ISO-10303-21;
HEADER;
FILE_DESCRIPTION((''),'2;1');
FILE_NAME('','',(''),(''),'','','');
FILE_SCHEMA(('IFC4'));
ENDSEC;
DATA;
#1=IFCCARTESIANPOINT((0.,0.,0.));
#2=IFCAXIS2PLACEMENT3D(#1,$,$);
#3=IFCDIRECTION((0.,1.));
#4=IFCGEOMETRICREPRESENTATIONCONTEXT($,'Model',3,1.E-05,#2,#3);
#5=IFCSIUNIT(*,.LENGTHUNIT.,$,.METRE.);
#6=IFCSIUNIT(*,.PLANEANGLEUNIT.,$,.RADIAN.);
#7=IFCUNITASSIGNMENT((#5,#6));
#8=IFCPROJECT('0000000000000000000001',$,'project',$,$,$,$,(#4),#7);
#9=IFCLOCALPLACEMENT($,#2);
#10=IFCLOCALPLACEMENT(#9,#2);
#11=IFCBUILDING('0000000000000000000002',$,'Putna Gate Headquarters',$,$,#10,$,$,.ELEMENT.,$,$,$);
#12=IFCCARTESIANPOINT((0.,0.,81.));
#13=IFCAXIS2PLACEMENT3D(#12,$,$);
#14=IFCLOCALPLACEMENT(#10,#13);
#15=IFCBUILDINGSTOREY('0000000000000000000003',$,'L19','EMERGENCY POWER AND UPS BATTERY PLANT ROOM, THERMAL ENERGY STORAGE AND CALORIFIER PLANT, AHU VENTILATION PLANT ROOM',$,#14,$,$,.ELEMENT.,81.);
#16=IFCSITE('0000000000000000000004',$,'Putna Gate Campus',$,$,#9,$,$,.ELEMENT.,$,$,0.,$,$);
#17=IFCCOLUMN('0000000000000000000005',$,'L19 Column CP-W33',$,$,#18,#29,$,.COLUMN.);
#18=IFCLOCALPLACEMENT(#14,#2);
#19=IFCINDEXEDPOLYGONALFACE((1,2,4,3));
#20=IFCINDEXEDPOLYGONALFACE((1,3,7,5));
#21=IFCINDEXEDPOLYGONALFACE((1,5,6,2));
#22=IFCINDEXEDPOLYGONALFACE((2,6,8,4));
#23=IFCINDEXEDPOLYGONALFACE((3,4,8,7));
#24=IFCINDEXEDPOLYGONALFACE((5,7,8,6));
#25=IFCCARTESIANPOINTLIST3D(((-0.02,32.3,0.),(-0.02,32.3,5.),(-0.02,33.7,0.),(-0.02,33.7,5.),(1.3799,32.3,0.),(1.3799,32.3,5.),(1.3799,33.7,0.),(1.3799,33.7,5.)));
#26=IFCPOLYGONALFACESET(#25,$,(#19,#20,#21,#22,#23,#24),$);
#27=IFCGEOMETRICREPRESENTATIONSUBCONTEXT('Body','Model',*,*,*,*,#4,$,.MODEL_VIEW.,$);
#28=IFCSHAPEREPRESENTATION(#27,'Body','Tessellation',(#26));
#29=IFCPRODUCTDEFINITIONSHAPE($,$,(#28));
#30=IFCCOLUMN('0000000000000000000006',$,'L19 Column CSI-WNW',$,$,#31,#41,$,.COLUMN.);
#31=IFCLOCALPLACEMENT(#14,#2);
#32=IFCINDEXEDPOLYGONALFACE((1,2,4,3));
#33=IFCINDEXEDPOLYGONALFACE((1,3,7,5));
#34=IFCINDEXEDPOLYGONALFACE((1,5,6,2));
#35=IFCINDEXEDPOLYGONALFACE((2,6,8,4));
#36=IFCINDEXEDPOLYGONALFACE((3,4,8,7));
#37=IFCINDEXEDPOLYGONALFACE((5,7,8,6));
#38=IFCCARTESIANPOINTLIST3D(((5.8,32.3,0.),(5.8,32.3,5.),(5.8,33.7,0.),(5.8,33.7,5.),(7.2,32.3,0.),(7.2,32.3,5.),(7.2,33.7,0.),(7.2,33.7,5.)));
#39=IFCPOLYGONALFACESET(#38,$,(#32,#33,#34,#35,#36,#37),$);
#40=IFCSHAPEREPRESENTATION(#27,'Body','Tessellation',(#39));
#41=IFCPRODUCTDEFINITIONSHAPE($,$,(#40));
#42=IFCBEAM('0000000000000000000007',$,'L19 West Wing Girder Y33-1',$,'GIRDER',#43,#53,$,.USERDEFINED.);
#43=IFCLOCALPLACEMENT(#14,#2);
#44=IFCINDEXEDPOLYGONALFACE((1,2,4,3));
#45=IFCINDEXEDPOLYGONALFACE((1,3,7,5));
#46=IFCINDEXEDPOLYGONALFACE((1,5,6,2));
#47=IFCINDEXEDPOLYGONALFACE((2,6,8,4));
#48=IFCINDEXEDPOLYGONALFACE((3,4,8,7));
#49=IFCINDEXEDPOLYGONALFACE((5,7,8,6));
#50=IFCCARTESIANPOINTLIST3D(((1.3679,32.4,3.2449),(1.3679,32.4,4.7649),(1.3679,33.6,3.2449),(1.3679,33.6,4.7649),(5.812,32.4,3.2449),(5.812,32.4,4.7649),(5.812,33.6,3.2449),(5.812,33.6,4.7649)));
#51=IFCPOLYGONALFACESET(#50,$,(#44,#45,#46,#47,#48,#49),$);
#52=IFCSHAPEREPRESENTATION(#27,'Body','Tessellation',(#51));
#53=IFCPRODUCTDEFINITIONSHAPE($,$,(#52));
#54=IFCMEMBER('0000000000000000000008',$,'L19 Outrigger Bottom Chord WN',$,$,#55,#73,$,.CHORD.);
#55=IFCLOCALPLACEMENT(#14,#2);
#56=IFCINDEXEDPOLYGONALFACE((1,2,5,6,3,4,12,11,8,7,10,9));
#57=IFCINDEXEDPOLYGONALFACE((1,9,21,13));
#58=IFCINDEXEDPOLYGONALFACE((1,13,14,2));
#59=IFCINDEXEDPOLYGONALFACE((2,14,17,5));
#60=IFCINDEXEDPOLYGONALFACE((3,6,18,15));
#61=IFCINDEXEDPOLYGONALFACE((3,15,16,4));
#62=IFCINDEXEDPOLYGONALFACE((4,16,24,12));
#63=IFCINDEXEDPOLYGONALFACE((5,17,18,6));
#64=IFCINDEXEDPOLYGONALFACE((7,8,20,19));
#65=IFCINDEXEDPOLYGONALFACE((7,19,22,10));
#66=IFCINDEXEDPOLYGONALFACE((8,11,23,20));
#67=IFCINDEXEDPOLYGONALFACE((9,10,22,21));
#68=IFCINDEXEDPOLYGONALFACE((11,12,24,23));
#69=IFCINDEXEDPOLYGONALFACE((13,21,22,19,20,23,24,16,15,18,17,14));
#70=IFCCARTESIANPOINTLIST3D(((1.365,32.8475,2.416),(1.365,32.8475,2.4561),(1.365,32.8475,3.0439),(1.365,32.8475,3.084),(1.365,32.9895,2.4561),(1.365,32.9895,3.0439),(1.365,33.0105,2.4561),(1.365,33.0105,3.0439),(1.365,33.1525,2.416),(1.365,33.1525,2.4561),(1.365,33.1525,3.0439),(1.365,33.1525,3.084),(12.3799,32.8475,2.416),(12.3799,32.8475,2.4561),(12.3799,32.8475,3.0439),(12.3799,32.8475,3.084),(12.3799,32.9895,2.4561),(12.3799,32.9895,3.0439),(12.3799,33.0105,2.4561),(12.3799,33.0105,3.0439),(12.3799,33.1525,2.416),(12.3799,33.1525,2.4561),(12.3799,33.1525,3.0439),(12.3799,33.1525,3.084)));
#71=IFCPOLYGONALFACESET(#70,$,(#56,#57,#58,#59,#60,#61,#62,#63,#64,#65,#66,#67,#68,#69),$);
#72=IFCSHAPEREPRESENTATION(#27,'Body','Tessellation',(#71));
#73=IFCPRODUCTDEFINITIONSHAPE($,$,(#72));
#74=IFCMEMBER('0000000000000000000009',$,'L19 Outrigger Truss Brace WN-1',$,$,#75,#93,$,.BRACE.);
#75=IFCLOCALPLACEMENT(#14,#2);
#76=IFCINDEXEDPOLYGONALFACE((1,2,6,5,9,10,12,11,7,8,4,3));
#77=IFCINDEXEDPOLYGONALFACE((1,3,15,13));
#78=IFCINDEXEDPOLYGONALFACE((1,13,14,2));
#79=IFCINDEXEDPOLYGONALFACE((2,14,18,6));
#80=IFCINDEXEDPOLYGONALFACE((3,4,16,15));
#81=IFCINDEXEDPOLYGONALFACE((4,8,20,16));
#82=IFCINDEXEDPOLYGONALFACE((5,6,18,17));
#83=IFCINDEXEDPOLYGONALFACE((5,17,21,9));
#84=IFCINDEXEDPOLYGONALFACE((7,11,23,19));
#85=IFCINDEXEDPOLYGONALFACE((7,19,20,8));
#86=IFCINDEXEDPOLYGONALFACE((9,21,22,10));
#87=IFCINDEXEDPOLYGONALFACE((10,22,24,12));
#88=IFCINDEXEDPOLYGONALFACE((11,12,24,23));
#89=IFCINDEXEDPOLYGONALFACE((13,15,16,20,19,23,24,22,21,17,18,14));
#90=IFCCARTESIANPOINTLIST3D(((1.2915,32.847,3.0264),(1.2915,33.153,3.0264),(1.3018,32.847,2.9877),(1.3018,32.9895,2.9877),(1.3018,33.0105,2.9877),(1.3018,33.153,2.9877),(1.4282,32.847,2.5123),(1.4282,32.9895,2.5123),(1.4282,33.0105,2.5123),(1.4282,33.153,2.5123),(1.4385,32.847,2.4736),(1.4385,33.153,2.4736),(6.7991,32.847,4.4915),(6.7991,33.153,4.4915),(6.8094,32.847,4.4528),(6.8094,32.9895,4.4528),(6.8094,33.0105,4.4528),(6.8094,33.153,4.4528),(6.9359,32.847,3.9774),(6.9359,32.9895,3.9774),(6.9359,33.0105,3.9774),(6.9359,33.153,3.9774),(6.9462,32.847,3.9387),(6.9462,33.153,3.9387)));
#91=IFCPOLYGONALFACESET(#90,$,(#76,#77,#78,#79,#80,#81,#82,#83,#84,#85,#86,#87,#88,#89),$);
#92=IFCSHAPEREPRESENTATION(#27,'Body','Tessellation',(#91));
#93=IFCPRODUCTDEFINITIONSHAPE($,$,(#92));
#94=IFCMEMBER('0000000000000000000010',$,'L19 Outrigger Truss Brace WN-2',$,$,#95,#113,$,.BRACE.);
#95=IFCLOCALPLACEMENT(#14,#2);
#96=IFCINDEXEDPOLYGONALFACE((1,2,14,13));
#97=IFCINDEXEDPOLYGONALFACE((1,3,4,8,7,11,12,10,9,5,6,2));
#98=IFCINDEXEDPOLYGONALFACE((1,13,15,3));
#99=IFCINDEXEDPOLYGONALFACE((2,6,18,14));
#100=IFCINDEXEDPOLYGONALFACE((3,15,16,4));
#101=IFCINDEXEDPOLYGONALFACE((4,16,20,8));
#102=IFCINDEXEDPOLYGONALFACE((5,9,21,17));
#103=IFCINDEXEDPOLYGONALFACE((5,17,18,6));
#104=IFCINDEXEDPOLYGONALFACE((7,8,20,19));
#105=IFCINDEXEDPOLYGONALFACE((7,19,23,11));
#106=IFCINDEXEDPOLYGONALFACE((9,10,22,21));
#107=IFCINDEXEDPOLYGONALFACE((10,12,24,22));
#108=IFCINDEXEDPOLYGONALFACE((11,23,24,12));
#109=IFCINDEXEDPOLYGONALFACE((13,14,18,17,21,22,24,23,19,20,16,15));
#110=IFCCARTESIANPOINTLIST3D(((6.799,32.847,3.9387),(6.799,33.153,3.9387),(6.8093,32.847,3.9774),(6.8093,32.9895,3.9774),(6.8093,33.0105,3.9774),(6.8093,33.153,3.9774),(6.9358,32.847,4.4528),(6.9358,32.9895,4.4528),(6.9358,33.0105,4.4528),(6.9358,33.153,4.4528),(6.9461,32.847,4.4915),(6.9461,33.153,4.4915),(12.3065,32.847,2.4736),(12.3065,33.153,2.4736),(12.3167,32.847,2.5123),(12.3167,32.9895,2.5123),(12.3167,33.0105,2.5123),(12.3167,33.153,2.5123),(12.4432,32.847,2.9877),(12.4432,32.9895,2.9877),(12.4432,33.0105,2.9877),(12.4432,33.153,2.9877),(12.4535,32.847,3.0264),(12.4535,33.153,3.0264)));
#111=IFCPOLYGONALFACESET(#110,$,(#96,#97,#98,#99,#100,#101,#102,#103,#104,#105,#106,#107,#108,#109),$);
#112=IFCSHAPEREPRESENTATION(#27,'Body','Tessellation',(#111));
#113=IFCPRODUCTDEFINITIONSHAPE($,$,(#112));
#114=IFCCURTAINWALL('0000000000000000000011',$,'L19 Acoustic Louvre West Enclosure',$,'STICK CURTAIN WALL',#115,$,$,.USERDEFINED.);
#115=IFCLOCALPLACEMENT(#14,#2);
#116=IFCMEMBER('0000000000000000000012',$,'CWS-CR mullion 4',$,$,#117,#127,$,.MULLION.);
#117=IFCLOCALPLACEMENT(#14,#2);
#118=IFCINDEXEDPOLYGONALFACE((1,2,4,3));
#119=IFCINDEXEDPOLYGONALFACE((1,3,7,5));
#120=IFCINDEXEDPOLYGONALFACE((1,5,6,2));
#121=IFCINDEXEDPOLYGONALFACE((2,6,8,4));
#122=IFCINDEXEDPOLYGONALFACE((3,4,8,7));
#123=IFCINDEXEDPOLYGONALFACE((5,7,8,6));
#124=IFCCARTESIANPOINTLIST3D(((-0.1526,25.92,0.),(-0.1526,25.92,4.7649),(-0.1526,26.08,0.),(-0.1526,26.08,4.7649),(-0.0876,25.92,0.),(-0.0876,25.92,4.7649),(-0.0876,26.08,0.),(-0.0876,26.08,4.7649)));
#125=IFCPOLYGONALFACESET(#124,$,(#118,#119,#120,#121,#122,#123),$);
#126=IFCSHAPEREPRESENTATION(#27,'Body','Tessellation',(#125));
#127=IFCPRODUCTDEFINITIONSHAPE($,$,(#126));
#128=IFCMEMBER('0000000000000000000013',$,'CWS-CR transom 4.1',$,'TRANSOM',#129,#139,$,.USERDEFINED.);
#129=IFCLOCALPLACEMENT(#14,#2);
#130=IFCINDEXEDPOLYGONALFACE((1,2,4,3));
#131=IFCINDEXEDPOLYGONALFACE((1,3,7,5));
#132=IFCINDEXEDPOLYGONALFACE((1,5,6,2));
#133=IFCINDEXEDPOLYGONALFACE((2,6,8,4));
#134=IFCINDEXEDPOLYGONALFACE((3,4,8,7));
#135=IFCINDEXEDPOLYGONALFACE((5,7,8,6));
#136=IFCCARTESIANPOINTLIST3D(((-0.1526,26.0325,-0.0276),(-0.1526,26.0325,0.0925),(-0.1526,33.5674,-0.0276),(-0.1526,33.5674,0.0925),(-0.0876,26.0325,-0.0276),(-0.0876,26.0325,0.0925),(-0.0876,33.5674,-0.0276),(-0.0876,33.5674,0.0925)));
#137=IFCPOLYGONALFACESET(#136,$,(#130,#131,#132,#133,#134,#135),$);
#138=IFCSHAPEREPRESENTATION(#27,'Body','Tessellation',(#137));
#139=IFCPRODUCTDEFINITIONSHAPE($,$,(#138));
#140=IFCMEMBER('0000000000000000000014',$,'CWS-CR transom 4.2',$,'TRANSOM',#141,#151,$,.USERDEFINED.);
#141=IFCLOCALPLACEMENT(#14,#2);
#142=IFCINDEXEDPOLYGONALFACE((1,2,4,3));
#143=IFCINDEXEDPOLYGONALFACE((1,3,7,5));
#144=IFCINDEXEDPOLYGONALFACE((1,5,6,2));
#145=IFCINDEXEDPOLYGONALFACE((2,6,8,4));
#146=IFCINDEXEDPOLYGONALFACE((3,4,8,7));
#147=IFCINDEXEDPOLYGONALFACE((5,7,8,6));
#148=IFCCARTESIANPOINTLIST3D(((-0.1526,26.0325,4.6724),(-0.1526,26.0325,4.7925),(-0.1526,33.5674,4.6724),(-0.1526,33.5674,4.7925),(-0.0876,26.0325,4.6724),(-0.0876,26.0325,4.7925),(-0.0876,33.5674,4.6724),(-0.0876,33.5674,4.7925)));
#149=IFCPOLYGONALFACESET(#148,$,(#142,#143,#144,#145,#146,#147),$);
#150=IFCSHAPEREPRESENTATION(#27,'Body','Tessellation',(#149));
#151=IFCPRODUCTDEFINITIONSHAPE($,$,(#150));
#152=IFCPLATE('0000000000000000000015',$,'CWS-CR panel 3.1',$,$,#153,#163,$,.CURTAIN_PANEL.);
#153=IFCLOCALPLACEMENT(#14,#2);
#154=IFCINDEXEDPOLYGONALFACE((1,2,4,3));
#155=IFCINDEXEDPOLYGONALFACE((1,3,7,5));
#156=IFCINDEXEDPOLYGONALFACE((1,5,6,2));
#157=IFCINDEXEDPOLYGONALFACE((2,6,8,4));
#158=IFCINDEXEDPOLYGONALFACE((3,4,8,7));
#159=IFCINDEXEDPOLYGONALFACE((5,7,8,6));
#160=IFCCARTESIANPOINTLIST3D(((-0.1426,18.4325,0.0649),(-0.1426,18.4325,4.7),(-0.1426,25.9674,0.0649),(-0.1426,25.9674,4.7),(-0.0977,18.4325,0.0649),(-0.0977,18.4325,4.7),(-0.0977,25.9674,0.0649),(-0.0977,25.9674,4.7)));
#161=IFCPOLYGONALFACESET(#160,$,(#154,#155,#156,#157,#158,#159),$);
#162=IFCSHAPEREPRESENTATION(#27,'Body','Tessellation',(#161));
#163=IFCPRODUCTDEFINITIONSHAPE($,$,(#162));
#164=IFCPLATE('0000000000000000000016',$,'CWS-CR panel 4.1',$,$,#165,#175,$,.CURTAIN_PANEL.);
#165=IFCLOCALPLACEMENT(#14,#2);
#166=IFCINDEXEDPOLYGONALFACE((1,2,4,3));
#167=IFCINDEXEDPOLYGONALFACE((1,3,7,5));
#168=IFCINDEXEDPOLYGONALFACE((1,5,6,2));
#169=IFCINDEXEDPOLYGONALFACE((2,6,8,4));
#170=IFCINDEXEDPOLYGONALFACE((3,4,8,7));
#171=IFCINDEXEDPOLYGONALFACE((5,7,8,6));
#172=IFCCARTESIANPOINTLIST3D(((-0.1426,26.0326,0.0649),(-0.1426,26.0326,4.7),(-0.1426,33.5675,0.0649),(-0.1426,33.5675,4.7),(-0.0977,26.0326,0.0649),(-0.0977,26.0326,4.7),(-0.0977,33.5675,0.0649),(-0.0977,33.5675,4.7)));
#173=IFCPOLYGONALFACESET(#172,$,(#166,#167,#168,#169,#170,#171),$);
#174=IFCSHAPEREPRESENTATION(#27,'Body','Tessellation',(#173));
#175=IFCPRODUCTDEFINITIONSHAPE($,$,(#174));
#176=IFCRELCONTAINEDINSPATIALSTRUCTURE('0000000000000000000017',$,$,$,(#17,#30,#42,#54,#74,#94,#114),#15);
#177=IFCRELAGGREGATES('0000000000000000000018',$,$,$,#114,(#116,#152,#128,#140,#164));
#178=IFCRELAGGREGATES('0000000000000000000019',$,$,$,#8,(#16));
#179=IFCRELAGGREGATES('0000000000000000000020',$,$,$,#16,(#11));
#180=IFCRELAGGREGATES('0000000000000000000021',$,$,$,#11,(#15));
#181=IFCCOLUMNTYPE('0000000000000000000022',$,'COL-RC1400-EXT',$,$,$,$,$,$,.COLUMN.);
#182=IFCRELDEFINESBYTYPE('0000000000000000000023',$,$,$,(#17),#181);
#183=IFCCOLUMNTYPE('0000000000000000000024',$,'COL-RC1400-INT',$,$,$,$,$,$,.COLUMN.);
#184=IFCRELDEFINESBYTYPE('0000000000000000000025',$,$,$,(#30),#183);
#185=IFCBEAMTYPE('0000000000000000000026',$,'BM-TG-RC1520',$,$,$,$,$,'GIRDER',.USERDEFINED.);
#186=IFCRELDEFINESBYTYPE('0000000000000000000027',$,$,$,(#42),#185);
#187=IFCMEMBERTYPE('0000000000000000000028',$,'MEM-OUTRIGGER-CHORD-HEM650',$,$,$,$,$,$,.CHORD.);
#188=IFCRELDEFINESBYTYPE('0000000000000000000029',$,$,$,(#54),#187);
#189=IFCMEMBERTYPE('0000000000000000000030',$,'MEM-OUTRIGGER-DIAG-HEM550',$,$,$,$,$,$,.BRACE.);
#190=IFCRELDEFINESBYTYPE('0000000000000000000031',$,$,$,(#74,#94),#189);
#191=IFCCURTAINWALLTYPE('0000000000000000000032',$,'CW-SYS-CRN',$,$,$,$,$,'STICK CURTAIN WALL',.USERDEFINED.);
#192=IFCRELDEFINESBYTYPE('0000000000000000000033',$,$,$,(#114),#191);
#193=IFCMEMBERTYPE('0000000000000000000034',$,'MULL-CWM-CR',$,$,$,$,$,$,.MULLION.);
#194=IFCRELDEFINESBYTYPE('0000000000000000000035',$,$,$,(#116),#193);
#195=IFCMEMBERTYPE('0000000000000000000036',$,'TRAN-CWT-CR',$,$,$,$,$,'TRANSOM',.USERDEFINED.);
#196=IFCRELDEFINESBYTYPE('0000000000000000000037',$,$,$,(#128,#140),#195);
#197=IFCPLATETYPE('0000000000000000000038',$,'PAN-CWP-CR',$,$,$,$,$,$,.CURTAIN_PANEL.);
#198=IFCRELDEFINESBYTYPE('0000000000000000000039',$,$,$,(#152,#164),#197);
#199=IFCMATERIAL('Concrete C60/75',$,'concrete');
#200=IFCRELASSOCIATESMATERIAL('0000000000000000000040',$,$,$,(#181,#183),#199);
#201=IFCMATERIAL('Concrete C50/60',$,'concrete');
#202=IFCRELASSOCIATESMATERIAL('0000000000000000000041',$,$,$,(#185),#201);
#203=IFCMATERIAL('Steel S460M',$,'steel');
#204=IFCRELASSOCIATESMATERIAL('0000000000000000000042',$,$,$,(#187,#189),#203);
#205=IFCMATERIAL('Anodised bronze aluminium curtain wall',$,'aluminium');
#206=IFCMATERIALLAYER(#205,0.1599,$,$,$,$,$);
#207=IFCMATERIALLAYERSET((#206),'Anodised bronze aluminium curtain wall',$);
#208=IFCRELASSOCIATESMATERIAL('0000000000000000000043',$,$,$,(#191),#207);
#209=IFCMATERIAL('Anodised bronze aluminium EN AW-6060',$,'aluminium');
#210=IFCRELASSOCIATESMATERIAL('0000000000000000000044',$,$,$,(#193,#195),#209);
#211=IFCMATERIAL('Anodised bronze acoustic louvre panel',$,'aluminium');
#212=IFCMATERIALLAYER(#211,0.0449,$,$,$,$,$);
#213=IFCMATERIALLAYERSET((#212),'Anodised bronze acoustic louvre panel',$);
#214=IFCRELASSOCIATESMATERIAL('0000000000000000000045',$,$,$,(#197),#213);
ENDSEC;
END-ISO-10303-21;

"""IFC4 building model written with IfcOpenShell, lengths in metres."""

from ifc_helpers import new_model, si_unit, direction, frame, origin, origin_2d, place, context, subcontext, project, spatial, rectangle, i_section, extrude, material, layer, layer_set, material_profile, profile_set, type_object, element, aggregate, save


model = new_model("IFC4")

# Units and contexts
model_context = context("Model", 3, precision=1e-05, world=origin(), true_north=direction((0.0, 1.0)))
body_context = subcontext(model_context, "Body", "Model", "MODEL_VIEW")
ifc_project = project(units=[si_unit("LENGTHUNIT", "METRE"), si_unit("PLANEANGLEUNIT", "RADIAN")], contexts=[model_context])

# Site, building, storey
site_placement = place(None, origin())
site = spatial("IfcSite", under=ifc_project, at=site_placement, Name="Putna Gate Campus", CompositionType="ELEMENT", RefElevation=0.0)
building_placement = place(site_placement, origin())
building = spatial("IfcBuilding", under=site, at=building_placement, Name="Putna Gate Headquarters", CompositionType="ELEMENT")
storey_placement = place(building_placement, frame((0.0, 0.0, 81.0)))
storey = spatial("IfcBuildingStorey", under=building, at=storey_placement, Name="L19", Description="EMERGENCY POWER AND UPS BATTERY PLANT ROOM, THERMAL ENERGY STORAGE AND CALORIFIER PLANT, AHU VENTILATION PLANT ROOM", CompositionType="ELEMENT", Elevation=81.0)

# Columns
ifc_material_1 = material(Name="Concrete C60/75", Category="concrete")
ifc_material_profile_1 = material_profile(ifc_material_1, rectangle(XDim=1.3999, YDim=1.3999, at=origin_2d()), Name="Concrete C60/75")
ifc_profile_set_1 = profile_set([ifc_material_profile_1], Name="Concrete C60/75")
column_type_1 = type_object("IfcColumnType", Name="COL-RC1400-EXT", PredefinedType="COLUMN", material=ifc_profile_set_1)
column_1_placement = place(storey_placement, frame((0.6799, 33.0, 0.0), z_axis=(0.0, 0.0, 1.0), x_axis=(1.0, 0.0, 0.0)))
element("IfcColumn", 1, at=column_1_placement, inside=storey, type_object=column_type_1, Name="L19 Column CP-W33", PredefinedType="COLUMN", context=body_context, shape_type="SweptSolid", body=[
    extrude(rectangle(XDim=1.3999, YDim=1.3999, at=origin_2d()), origin(), (0.0, 0.0, 1.0), 5.0),
])
ifc_material_profile_2 = material_profile(ifc_material_1, rectangle(XDim=1.3999, YDim=1.3999, at=origin_2d()), Name="Concrete C60/75")
ifc_profile_set_2 = profile_set([ifc_material_profile_2], Name="Concrete C60/75")
column_type_2 = type_object("IfcColumnType", Name="COL-RC1400-INT", PredefinedType="COLUMN", material=ifc_profile_set_2)
column_2_placement = place(storey_placement, frame((6.5, 33.0, 0.0), z_axis=(0.0, 0.0, 1.0), x_axis=(1.0, 0.0, 0.0)))
element("IfcColumn", 2, at=column_2_placement, inside=storey, type_object=column_type_2, Name="L19 Column CSI-WNW", PredefinedType="COLUMN", context=body_context, shape_type="SweptSolid", body=[
    extrude(rectangle(XDim=1.3999, YDim=1.3999, at=origin_2d()), origin(), (0.0, 0.0, 1.0), 5.0),
])

# Beam
ifc_material_2 = material(Name="Concrete C50/60", Category="concrete")
ifc_material_profile_3 = material_profile(ifc_material_2, rectangle(XDim=1.2, YDim=1.52, at=origin_2d()), Name="Concrete C50/60")
ifc_profile_set_3 = profile_set([ifc_material_profile_3], Name="Concrete C50/60")
beam_type = type_object("IfcBeamType", Name="BM-TG-RC1520", ElementType="GIRDER", PredefinedType="USERDEFINED", material=ifc_profile_set_3)
beam_placement = place(storey_placement, frame((1.3679, 33.0, 4.0049), z_axis=(1.0, 0.0, 0.0), x_axis=(0.0, 1.0, 0.0)))
element("IfcBeam", 3, at=beam_placement, inside=storey, type_object=beam_type, Name="L19 West Wing Girder Y33-1", ObjectType="GIRDER", PredefinedType="USERDEFINED", context=body_context, shape_type="SweptSolid", body=[
    extrude(rectangle(XDim=1.2, YDim=1.52, at=origin_2d()), origin(), (0.0, 0.0, 1.0), 4.4441),
])

# Members
ifc_material_3 = material(Name="Steel S460M", Category="steel")
ifc_material_profile_4 = material_profile(ifc_material_3, i_section(OverallWidth=0.3049, OverallDepth=0.668, WebThickness=0.021, FlangeThickness=0.04, at=origin_2d()), Name="Steel S460M")
ifc_profile_set_4 = profile_set([ifc_material_profile_4], Name="Steel S460M")
member_type_1 = type_object("IfcMemberType", Name="MEM-OUTRIGGER-CHORD-HEM650", PredefinedType="CHORD", material=ifc_profile_set_4)
member_1_placement = place(storey_placement, frame((1.365, 33.0, 2.75), z_axis=(1.0, 0.0, 0.0), x_axis=(0.0, 1.0, 0.0)))
element("IfcMember", 4, at=member_1_placement, inside=storey, type_object=member_type_1, Name="L19 Outrigger Bottom Chord WN", PredefinedType="CHORD", context=body_context, shape_type="SweptSolid", body=[
    extrude(i_section(OverallWidth=0.3049, OverallDepth=0.668, WebThickness=0.021, FlangeThickness=0.04, at=origin_2d()), origin(), (0.0, 0.0, 1.0), 11.0149),
])
ifc_material_profile_5 = material_profile(ifc_material_3, i_section(OverallWidth=0.3059, OverallDepth=0.572, WebThickness=0.021, FlangeThickness=0.04, at=origin_2d()), Name="Steel S460M")
ifc_profile_set_5 = profile_set([ifc_material_profile_5], Name="Steel S460M")
member_type_2 = type_object("IfcMemberType", Name="MEM-OUTRIGGER-DIAG-HEM550", PredefinedType="BRACE", material=ifc_profile_set_5)
member_2_placement = place(storey_placement, frame((1.365, 33.0, 2.75), z_axis=(0.966392, 0.0, 0.257073), x_axis=(0.0, 1.0, 0.0)))
element("IfcMember", 5, at=member_2_placement, inside=storey, type_object=member_type_2, Name="L19 Outrigger Truss Brace WN-1", PredefinedType="BRACE", context=body_context, shape_type="SweptSolid", body=[
    extrude(i_section(OverallWidth=0.3059, OverallDepth=0.572, WebThickness=0.021, FlangeThickness=0.04, at=origin_2d()), origin(), (0.0, 0.0, 1.0), 5.6992),
])
member_3_placement = place(storey_placement, frame((6.8726, 33.0, 4.2151), z_axis=(0.966389, 0.0, -0.257084), x_axis=(0.0, 1.0, 0.0)))
element("IfcMember", 6, at=member_3_placement, inside=storey, type_object=member_type_2, Name="L19 Outrigger Truss Brace WN-2", PredefinedType="BRACE", context=body_context, shape_type="SweptSolid", body=[
    extrude(i_section(OverallWidth=0.3059, OverallDepth=0.572, WebThickness=0.021, FlangeThickness=0.04, at=origin_2d()), origin(), (0.0, 0.0, 1.0), 5.699),
])

# Curtain wall, members, plates
ifc_material_4 = material(Name="Anodised bronze aluminium curtain wall", Category="aluminium")
ifc_layer_1 = layer(ifc_material_4, 0.1599)
ifc_layer_set_1 = layer_set([ifc_layer_1], Name="Anodised bronze aluminium curtain wall")
curtain_wall_type = type_object("IfcCurtainWallType", Name="CW-SYS-CRN", ElementType="STICK CURTAIN WALL", PredefinedType="USERDEFINED", material=ifc_layer_set_1)
curtain_wall_placement = place(storey_placement, origin())
curtain_wall = element("IfcCurtainWall", 7, at=curtain_wall_placement, inside=storey, type_object=curtain_wall_type, Name="L19 Acoustic Louvre West Enclosure", ObjectType="STICK CURTAIN WALL", PredefinedType="USERDEFINED")
ifc_material_5 = material(Name="Anodised bronze aluminium EN AW-6060", Category="aluminium")
ifc_material_profile_6 = material_profile(ifc_material_5, rectangle(XDim=0.0649, YDim=0.1599, at=origin_2d()), Name="Anodised bronze aluminium EN AW-6060")
ifc_profile_set_6 = profile_set([ifc_material_profile_6], Name="Anodised bronze aluminium EN AW-6060")
member_type_3 = type_object("IfcMemberType", Name="MULL-CWM-CR", PredefinedType="MULLION", material=ifc_profile_set_6)
member_4_placement = place(storey_placement, frame((-0.1201, 26.0, 0.0), z_axis=(0.0, 0.0, 1.0), x_axis=(-1.0, 0.0, 0.0)))
member_4 = element("IfcMember", 8, at=member_4_placement, type_object=member_type_3, Name="CWS-CR mullion 4", PredefinedType="MULLION", context=body_context, shape_type="SweptSolid", body=[
    extrude(rectangle(XDim=0.0649, YDim=0.1599, at=origin_2d()), origin(), (0.0, 0.0, 1.0), 4.7649),
])
ifc_material_profile_7 = material_profile(ifc_material_5, rectangle(XDim=0.0649, YDim=0.1201, at=origin_2d()), Name="Anodised bronze aluminium EN AW-6060")
ifc_profile_set_7 = profile_set([ifc_material_profile_7], Name="Anodised bronze aluminium EN AW-6060")
member_type_4 = type_object("IfcMemberType", Name="TRAN-CWT-CR", ElementType="TRANSOM", PredefinedType="USERDEFINED", material=ifc_profile_set_7)
member_5_placement = place(storey_placement, frame((-0.1201, 26.0325, 0.0325), z_axis=(0.0, 1.0, 0.0), x_axis=(-1.0, 0.0, 0.0)))
member_5 = element("IfcMember", 9, at=member_5_placement, type_object=member_type_4, Name="CWS-CR transom 4.1", ObjectType="TRANSOM", PredefinedType="USERDEFINED", context=body_context, shape_type="SweptSolid", body=[
    extrude(rectangle(XDim=0.0649, YDim=0.1201, at=origin_2d()), origin(), (0.0, 0.0, 1.0), 7.5349),
])
member_6_placement = place(storey_placement, frame((-0.1201, 26.0325, 4.7324), z_axis=(0.0, 1.0, 0.0), x_axis=(-1.0, 0.0, 0.0)))
member_6 = element("IfcMember", 10, at=member_6_placement, type_object=member_type_4, Name="CWS-CR transom 4.2", ObjectType="TRANSOM", PredefinedType="USERDEFINED", context=body_context, shape_type="SweptSolid", body=[
    extrude(rectangle(XDim=0.0649, YDim=0.1201, at=origin_2d()), origin(), (0.0, 0.0, 1.0), 7.5349),
])
ifc_material_6 = material(Name="Anodised bronze acoustic louvre panel", Category="aluminium")
ifc_layer_2 = layer(ifc_material_6, 0.0449)
ifc_layer_set_2 = layer_set([ifc_layer_2], Name="Anodised bronze acoustic louvre panel")
plate_type_1 = type_object("IfcPlateType", Name="PAN-CWP-CR", PredefinedType="CURTAIN_PANEL", material=ifc_layer_set_2)
plate_1_placement = place(storey_placement, frame((-0.1201, 22.2, 0.0649), z_axis=(0.0, 0.0, 1.0), x_axis=(0.0, 1.0, 0.0)))
plate_1 = element("IfcPlate", 11, at=plate_1_placement, type_object=plate_type_1, Name="CWS-CR panel 3.1", PredefinedType="CURTAIN_PANEL", context=body_context, shape_type="SweptSolid", body=[
    extrude(rectangle(XDim=7.5349, YDim=0.0449, at=origin_2d()), origin(), (0.0, 0.0, 1.0), 4.635),
])
plate_2_placement = place(storey_placement, frame((-0.1201, 29.8, 0.0649), z_axis=(0.0, 0.0, 1.0), x_axis=(0.0, 1.0, 0.0)))
plate_2 = element("IfcPlate", 12, at=plate_2_placement, type_object=plate_type_1, Name="CWS-CR panel 4.1", PredefinedType="CURTAIN_PANEL", context=body_context, shape_type="SweptSolid", body=[
    extrude(rectangle(XDim=7.5349, YDim=0.0449, at=origin_2d()), origin(), (0.0, 0.0, 1.0), 4.635),
])
aggregate(curtain_wall, [member_4, plate_1, member_5, member_6, plate_2])

save(model, "model.ifc")
